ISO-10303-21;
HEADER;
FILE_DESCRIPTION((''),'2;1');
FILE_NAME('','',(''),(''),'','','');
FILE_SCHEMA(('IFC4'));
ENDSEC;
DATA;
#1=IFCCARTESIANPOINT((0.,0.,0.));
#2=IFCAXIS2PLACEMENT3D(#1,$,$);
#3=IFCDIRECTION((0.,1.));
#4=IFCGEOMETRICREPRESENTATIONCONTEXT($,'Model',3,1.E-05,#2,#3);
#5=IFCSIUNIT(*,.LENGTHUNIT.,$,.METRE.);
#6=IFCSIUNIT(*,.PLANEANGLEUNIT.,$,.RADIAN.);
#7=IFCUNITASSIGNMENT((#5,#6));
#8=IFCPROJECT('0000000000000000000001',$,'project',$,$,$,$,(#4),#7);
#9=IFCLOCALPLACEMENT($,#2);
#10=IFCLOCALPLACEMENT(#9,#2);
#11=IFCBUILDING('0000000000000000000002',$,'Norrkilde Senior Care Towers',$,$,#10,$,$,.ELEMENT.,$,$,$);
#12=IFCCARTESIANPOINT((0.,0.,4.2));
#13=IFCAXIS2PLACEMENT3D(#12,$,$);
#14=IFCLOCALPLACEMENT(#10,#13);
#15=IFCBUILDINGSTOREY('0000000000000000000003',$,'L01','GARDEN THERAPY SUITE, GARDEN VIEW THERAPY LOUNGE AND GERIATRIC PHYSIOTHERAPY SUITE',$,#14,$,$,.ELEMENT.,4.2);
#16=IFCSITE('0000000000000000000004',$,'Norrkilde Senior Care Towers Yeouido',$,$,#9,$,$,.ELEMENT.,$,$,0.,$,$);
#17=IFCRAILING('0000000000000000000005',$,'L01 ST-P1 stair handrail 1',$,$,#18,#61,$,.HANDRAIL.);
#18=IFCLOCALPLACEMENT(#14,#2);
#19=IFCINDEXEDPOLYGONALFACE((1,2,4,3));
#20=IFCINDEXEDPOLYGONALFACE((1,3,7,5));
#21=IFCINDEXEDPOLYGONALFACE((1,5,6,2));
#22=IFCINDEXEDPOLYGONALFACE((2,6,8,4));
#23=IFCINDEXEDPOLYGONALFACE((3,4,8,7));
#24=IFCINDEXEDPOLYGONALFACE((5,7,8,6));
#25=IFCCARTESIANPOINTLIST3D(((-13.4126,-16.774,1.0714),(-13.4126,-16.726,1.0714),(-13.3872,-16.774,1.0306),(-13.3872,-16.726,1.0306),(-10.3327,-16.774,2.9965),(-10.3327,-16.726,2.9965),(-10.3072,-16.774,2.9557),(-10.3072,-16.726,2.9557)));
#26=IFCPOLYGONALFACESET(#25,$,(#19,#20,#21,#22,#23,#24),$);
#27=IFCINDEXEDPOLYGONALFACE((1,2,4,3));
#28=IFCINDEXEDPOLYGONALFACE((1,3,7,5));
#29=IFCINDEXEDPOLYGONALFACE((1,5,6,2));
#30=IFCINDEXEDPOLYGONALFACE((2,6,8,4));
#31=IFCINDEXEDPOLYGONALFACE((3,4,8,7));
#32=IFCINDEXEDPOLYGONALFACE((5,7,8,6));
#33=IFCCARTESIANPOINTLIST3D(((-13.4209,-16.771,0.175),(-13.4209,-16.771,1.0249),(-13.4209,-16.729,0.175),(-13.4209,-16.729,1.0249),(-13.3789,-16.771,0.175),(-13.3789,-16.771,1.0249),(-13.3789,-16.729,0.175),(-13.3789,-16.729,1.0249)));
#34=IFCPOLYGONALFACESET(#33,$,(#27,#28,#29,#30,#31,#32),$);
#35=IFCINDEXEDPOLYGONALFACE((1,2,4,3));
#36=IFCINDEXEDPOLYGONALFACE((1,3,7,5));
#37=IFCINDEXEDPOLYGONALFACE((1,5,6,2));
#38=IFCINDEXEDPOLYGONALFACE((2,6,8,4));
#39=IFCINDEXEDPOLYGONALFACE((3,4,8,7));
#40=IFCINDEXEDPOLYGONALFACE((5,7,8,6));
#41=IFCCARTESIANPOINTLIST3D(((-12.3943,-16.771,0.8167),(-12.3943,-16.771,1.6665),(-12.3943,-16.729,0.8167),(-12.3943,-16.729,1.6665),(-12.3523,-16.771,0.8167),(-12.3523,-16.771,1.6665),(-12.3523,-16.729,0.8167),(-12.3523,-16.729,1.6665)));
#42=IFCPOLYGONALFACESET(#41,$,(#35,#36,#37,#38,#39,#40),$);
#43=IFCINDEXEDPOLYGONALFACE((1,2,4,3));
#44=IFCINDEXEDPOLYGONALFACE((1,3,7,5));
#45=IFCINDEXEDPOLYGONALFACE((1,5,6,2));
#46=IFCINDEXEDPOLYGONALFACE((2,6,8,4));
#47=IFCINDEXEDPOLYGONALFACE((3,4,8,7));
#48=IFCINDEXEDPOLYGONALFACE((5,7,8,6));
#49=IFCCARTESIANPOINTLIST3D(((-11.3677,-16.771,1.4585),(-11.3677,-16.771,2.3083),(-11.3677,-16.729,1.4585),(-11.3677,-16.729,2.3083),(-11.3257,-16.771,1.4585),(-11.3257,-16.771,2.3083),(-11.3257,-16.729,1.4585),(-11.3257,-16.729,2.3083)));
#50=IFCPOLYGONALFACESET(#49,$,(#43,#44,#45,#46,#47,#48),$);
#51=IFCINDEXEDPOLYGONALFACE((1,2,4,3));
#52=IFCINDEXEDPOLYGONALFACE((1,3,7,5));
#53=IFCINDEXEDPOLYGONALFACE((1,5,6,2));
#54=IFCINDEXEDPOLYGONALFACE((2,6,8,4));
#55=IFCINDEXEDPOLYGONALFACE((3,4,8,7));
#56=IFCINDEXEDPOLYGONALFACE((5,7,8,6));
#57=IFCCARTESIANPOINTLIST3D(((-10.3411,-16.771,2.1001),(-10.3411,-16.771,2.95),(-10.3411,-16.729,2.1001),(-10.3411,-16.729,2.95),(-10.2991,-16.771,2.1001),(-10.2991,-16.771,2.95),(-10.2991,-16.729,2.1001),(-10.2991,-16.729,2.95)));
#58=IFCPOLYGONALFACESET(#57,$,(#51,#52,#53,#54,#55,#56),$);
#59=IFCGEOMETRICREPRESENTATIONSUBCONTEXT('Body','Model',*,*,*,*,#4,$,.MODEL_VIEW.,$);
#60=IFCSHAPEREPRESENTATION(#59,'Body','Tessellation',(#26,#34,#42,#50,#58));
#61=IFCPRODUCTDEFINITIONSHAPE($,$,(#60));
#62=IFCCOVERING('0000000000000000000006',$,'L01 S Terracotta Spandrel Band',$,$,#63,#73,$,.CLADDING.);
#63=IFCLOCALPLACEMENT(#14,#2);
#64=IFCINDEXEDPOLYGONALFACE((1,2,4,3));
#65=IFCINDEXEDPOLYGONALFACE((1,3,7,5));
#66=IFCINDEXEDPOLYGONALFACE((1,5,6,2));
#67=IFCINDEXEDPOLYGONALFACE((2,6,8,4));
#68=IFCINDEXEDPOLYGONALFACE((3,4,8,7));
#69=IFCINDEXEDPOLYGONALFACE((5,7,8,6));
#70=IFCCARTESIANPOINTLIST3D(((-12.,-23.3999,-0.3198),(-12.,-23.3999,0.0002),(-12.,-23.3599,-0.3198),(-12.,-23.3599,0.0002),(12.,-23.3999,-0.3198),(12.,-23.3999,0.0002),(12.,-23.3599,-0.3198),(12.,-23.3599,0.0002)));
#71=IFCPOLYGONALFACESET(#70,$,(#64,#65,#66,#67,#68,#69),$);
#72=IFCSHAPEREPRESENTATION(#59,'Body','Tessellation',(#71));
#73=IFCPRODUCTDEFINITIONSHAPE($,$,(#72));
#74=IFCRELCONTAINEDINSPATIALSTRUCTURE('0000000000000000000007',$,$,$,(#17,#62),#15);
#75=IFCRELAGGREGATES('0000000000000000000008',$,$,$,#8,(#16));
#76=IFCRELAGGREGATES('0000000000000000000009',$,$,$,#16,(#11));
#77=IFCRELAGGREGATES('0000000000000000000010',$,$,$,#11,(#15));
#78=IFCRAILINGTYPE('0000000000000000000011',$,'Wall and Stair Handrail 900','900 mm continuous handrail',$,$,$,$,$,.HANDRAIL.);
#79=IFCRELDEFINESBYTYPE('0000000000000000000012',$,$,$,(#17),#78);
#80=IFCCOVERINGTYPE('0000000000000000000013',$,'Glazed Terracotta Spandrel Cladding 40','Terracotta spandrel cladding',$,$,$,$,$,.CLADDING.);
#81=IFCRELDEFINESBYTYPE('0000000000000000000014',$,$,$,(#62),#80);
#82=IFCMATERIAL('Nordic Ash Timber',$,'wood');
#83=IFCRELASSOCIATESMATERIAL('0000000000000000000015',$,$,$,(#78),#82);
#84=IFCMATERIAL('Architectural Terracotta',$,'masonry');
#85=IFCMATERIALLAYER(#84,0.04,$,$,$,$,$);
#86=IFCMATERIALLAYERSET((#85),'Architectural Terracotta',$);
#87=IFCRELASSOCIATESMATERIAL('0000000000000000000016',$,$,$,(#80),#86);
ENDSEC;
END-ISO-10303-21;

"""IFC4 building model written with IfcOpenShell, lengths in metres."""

from ifc_helpers import new_model, si_unit, direction, frame, origin, origin_2d, place, context, subcontext, project, spatial, rectangle, extrude, source, transform, mapped, material, layer, layer_set, type_object, type_shapes, element, save


model = new_model("IFC4")

# Units and contexts
model_context = context("Model", 3, precision=1e-05, world=origin(), true_north=direction((0.0, 1.0)))
body_context = subcontext(model_context, "Body", "Model", "MODEL_VIEW")
ifc_project = project(units=[si_unit("LENGTHUNIT", "METRE"), si_unit("PLANEANGLEUNIT", "RADIAN")], contexts=[model_context])

# Site, building, storey
site_placement = place(None, origin())
site = spatial("IfcSite", under=ifc_project, at=site_placement, Name="Norrkilde Senior Care Towers Yeouido", CompositionType="ELEMENT", RefElevation=0.0)
building_placement = place(site_placement, origin())
building = spatial("IfcBuilding", under=site, at=building_placement, Name="Norrkilde Senior Care Towers", CompositionType="ELEMENT")
storey_placement = place(building_placement, frame((0.0, 0.0, 4.2)))
storey = spatial("IfcBuildingStorey", under=building, at=storey_placement, Name="L01", Description="GARDEN THERAPY SUITE, GARDEN VIEW THERAPY LOUNGE AND GERIATRIC PHYSIOTHERAPY SUITE", CompositionType="ELEMENT", Elevation=4.2)

# Railing
ifc_material_1 = material(Name="Nordic Ash Timber", Category="wood")
railing_type = type_object("IfcRailingType", Name="Wall and Stair Handrail 900", Description="900 mm continuous handrail", PredefinedType="HANDRAIL", material=ifc_material_1)
railing_placement = place(storey_placement, frame((-13.3999, -16.75, 0.175)))
element("IfcRailing", 1, at=railing_placement, inside=storey, type_object=railing_type, Name="L01 ST-P1 stair handrail 1", PredefinedType="HANDRAIL", context=body_context, shape_type="SweptSolid", body=[
    extrude(rectangle(XDim=0.0481, YDim=0.0481, at=origin_2d()), frame((0.0, 0.0, 0.876), z_axis=(0.847979, 0.0, 0.530029), x_axis=(0.0, 1.0, 0.0)), (0.0, 0.0, 1.0), 3.6321),
    extrude(rectangle(XDim=0.042, YDim=0.042, at=origin_2d()), origin(), (0.0, 0.0, 1.0), 0.8499),
    extrude(rectangle(XDim=0.042, YDim=0.042, at=origin_2d()), frame((1.0266, 0.0, 0.6416)), (0.0, 0.0, 1.0), 0.8499),
    extrude(rectangle(XDim=0.042, YDim=0.042, at=origin_2d()), frame((2.0532, 0.0, 1.2834)), (0.0, 0.0, 1.0), 0.8499),
    extrude(rectangle(XDim=0.042, YDim=0.042, at=origin_2d()), frame((3.0798, 0.0, 1.925)), (0.0, 0.0, 1.0), 0.8499),
])

# Covering
ifc_material_2 = material(Name="Architectural Terracotta", Category="masonry")
ifc_layer_1 = layer(ifc_material_2, 0.04)
ifc_layer_set_1 = layer_set([ifc_layer_1], Name="Architectural Terracotta")
covering_type = type_object("IfcCoveringType", Name="Glazed Terracotta Spandrel Cladding 40", Description="Terracotta spandrel cladding", PredefinedType="CLADDING", material=ifc_layer_set_1)
shared_shape_1 = source(origin(), body_context, "Body", "SweptSolid", [
    extrude(rectangle(XDim=24.0, YDim=0.04, at=origin_2d()), origin(), (0.0, 0.0, 1.0), 0.3201),
])
type_shapes(covering_type, [shared_shape_1])
covering_placement = place(storey_placement, frame((0.0, -23.3799, -0.3198), z_axis=(0.0, 0.0, 1.0), x_axis=(1.0, 0.0, 0.0)))
element("IfcCovering", 2, at=covering_placement, inside=storey, type_object=covering_type, Name="L01 S Terracotta Spandrel Band", PredefinedType="CLADDING", context=body_context, shape_type="MappedRepresentation", body=[
    mapped(shared_shape_1, transform((0.0, 0.0, 0.0), x_axis=(1.0, 0.0, 0.0), y_axis=(0.0, 1.0, 0.0), z_axis=(0.0, 0.0, 1.0), scale=1.0)),
])

save(model, "model.ifc")
